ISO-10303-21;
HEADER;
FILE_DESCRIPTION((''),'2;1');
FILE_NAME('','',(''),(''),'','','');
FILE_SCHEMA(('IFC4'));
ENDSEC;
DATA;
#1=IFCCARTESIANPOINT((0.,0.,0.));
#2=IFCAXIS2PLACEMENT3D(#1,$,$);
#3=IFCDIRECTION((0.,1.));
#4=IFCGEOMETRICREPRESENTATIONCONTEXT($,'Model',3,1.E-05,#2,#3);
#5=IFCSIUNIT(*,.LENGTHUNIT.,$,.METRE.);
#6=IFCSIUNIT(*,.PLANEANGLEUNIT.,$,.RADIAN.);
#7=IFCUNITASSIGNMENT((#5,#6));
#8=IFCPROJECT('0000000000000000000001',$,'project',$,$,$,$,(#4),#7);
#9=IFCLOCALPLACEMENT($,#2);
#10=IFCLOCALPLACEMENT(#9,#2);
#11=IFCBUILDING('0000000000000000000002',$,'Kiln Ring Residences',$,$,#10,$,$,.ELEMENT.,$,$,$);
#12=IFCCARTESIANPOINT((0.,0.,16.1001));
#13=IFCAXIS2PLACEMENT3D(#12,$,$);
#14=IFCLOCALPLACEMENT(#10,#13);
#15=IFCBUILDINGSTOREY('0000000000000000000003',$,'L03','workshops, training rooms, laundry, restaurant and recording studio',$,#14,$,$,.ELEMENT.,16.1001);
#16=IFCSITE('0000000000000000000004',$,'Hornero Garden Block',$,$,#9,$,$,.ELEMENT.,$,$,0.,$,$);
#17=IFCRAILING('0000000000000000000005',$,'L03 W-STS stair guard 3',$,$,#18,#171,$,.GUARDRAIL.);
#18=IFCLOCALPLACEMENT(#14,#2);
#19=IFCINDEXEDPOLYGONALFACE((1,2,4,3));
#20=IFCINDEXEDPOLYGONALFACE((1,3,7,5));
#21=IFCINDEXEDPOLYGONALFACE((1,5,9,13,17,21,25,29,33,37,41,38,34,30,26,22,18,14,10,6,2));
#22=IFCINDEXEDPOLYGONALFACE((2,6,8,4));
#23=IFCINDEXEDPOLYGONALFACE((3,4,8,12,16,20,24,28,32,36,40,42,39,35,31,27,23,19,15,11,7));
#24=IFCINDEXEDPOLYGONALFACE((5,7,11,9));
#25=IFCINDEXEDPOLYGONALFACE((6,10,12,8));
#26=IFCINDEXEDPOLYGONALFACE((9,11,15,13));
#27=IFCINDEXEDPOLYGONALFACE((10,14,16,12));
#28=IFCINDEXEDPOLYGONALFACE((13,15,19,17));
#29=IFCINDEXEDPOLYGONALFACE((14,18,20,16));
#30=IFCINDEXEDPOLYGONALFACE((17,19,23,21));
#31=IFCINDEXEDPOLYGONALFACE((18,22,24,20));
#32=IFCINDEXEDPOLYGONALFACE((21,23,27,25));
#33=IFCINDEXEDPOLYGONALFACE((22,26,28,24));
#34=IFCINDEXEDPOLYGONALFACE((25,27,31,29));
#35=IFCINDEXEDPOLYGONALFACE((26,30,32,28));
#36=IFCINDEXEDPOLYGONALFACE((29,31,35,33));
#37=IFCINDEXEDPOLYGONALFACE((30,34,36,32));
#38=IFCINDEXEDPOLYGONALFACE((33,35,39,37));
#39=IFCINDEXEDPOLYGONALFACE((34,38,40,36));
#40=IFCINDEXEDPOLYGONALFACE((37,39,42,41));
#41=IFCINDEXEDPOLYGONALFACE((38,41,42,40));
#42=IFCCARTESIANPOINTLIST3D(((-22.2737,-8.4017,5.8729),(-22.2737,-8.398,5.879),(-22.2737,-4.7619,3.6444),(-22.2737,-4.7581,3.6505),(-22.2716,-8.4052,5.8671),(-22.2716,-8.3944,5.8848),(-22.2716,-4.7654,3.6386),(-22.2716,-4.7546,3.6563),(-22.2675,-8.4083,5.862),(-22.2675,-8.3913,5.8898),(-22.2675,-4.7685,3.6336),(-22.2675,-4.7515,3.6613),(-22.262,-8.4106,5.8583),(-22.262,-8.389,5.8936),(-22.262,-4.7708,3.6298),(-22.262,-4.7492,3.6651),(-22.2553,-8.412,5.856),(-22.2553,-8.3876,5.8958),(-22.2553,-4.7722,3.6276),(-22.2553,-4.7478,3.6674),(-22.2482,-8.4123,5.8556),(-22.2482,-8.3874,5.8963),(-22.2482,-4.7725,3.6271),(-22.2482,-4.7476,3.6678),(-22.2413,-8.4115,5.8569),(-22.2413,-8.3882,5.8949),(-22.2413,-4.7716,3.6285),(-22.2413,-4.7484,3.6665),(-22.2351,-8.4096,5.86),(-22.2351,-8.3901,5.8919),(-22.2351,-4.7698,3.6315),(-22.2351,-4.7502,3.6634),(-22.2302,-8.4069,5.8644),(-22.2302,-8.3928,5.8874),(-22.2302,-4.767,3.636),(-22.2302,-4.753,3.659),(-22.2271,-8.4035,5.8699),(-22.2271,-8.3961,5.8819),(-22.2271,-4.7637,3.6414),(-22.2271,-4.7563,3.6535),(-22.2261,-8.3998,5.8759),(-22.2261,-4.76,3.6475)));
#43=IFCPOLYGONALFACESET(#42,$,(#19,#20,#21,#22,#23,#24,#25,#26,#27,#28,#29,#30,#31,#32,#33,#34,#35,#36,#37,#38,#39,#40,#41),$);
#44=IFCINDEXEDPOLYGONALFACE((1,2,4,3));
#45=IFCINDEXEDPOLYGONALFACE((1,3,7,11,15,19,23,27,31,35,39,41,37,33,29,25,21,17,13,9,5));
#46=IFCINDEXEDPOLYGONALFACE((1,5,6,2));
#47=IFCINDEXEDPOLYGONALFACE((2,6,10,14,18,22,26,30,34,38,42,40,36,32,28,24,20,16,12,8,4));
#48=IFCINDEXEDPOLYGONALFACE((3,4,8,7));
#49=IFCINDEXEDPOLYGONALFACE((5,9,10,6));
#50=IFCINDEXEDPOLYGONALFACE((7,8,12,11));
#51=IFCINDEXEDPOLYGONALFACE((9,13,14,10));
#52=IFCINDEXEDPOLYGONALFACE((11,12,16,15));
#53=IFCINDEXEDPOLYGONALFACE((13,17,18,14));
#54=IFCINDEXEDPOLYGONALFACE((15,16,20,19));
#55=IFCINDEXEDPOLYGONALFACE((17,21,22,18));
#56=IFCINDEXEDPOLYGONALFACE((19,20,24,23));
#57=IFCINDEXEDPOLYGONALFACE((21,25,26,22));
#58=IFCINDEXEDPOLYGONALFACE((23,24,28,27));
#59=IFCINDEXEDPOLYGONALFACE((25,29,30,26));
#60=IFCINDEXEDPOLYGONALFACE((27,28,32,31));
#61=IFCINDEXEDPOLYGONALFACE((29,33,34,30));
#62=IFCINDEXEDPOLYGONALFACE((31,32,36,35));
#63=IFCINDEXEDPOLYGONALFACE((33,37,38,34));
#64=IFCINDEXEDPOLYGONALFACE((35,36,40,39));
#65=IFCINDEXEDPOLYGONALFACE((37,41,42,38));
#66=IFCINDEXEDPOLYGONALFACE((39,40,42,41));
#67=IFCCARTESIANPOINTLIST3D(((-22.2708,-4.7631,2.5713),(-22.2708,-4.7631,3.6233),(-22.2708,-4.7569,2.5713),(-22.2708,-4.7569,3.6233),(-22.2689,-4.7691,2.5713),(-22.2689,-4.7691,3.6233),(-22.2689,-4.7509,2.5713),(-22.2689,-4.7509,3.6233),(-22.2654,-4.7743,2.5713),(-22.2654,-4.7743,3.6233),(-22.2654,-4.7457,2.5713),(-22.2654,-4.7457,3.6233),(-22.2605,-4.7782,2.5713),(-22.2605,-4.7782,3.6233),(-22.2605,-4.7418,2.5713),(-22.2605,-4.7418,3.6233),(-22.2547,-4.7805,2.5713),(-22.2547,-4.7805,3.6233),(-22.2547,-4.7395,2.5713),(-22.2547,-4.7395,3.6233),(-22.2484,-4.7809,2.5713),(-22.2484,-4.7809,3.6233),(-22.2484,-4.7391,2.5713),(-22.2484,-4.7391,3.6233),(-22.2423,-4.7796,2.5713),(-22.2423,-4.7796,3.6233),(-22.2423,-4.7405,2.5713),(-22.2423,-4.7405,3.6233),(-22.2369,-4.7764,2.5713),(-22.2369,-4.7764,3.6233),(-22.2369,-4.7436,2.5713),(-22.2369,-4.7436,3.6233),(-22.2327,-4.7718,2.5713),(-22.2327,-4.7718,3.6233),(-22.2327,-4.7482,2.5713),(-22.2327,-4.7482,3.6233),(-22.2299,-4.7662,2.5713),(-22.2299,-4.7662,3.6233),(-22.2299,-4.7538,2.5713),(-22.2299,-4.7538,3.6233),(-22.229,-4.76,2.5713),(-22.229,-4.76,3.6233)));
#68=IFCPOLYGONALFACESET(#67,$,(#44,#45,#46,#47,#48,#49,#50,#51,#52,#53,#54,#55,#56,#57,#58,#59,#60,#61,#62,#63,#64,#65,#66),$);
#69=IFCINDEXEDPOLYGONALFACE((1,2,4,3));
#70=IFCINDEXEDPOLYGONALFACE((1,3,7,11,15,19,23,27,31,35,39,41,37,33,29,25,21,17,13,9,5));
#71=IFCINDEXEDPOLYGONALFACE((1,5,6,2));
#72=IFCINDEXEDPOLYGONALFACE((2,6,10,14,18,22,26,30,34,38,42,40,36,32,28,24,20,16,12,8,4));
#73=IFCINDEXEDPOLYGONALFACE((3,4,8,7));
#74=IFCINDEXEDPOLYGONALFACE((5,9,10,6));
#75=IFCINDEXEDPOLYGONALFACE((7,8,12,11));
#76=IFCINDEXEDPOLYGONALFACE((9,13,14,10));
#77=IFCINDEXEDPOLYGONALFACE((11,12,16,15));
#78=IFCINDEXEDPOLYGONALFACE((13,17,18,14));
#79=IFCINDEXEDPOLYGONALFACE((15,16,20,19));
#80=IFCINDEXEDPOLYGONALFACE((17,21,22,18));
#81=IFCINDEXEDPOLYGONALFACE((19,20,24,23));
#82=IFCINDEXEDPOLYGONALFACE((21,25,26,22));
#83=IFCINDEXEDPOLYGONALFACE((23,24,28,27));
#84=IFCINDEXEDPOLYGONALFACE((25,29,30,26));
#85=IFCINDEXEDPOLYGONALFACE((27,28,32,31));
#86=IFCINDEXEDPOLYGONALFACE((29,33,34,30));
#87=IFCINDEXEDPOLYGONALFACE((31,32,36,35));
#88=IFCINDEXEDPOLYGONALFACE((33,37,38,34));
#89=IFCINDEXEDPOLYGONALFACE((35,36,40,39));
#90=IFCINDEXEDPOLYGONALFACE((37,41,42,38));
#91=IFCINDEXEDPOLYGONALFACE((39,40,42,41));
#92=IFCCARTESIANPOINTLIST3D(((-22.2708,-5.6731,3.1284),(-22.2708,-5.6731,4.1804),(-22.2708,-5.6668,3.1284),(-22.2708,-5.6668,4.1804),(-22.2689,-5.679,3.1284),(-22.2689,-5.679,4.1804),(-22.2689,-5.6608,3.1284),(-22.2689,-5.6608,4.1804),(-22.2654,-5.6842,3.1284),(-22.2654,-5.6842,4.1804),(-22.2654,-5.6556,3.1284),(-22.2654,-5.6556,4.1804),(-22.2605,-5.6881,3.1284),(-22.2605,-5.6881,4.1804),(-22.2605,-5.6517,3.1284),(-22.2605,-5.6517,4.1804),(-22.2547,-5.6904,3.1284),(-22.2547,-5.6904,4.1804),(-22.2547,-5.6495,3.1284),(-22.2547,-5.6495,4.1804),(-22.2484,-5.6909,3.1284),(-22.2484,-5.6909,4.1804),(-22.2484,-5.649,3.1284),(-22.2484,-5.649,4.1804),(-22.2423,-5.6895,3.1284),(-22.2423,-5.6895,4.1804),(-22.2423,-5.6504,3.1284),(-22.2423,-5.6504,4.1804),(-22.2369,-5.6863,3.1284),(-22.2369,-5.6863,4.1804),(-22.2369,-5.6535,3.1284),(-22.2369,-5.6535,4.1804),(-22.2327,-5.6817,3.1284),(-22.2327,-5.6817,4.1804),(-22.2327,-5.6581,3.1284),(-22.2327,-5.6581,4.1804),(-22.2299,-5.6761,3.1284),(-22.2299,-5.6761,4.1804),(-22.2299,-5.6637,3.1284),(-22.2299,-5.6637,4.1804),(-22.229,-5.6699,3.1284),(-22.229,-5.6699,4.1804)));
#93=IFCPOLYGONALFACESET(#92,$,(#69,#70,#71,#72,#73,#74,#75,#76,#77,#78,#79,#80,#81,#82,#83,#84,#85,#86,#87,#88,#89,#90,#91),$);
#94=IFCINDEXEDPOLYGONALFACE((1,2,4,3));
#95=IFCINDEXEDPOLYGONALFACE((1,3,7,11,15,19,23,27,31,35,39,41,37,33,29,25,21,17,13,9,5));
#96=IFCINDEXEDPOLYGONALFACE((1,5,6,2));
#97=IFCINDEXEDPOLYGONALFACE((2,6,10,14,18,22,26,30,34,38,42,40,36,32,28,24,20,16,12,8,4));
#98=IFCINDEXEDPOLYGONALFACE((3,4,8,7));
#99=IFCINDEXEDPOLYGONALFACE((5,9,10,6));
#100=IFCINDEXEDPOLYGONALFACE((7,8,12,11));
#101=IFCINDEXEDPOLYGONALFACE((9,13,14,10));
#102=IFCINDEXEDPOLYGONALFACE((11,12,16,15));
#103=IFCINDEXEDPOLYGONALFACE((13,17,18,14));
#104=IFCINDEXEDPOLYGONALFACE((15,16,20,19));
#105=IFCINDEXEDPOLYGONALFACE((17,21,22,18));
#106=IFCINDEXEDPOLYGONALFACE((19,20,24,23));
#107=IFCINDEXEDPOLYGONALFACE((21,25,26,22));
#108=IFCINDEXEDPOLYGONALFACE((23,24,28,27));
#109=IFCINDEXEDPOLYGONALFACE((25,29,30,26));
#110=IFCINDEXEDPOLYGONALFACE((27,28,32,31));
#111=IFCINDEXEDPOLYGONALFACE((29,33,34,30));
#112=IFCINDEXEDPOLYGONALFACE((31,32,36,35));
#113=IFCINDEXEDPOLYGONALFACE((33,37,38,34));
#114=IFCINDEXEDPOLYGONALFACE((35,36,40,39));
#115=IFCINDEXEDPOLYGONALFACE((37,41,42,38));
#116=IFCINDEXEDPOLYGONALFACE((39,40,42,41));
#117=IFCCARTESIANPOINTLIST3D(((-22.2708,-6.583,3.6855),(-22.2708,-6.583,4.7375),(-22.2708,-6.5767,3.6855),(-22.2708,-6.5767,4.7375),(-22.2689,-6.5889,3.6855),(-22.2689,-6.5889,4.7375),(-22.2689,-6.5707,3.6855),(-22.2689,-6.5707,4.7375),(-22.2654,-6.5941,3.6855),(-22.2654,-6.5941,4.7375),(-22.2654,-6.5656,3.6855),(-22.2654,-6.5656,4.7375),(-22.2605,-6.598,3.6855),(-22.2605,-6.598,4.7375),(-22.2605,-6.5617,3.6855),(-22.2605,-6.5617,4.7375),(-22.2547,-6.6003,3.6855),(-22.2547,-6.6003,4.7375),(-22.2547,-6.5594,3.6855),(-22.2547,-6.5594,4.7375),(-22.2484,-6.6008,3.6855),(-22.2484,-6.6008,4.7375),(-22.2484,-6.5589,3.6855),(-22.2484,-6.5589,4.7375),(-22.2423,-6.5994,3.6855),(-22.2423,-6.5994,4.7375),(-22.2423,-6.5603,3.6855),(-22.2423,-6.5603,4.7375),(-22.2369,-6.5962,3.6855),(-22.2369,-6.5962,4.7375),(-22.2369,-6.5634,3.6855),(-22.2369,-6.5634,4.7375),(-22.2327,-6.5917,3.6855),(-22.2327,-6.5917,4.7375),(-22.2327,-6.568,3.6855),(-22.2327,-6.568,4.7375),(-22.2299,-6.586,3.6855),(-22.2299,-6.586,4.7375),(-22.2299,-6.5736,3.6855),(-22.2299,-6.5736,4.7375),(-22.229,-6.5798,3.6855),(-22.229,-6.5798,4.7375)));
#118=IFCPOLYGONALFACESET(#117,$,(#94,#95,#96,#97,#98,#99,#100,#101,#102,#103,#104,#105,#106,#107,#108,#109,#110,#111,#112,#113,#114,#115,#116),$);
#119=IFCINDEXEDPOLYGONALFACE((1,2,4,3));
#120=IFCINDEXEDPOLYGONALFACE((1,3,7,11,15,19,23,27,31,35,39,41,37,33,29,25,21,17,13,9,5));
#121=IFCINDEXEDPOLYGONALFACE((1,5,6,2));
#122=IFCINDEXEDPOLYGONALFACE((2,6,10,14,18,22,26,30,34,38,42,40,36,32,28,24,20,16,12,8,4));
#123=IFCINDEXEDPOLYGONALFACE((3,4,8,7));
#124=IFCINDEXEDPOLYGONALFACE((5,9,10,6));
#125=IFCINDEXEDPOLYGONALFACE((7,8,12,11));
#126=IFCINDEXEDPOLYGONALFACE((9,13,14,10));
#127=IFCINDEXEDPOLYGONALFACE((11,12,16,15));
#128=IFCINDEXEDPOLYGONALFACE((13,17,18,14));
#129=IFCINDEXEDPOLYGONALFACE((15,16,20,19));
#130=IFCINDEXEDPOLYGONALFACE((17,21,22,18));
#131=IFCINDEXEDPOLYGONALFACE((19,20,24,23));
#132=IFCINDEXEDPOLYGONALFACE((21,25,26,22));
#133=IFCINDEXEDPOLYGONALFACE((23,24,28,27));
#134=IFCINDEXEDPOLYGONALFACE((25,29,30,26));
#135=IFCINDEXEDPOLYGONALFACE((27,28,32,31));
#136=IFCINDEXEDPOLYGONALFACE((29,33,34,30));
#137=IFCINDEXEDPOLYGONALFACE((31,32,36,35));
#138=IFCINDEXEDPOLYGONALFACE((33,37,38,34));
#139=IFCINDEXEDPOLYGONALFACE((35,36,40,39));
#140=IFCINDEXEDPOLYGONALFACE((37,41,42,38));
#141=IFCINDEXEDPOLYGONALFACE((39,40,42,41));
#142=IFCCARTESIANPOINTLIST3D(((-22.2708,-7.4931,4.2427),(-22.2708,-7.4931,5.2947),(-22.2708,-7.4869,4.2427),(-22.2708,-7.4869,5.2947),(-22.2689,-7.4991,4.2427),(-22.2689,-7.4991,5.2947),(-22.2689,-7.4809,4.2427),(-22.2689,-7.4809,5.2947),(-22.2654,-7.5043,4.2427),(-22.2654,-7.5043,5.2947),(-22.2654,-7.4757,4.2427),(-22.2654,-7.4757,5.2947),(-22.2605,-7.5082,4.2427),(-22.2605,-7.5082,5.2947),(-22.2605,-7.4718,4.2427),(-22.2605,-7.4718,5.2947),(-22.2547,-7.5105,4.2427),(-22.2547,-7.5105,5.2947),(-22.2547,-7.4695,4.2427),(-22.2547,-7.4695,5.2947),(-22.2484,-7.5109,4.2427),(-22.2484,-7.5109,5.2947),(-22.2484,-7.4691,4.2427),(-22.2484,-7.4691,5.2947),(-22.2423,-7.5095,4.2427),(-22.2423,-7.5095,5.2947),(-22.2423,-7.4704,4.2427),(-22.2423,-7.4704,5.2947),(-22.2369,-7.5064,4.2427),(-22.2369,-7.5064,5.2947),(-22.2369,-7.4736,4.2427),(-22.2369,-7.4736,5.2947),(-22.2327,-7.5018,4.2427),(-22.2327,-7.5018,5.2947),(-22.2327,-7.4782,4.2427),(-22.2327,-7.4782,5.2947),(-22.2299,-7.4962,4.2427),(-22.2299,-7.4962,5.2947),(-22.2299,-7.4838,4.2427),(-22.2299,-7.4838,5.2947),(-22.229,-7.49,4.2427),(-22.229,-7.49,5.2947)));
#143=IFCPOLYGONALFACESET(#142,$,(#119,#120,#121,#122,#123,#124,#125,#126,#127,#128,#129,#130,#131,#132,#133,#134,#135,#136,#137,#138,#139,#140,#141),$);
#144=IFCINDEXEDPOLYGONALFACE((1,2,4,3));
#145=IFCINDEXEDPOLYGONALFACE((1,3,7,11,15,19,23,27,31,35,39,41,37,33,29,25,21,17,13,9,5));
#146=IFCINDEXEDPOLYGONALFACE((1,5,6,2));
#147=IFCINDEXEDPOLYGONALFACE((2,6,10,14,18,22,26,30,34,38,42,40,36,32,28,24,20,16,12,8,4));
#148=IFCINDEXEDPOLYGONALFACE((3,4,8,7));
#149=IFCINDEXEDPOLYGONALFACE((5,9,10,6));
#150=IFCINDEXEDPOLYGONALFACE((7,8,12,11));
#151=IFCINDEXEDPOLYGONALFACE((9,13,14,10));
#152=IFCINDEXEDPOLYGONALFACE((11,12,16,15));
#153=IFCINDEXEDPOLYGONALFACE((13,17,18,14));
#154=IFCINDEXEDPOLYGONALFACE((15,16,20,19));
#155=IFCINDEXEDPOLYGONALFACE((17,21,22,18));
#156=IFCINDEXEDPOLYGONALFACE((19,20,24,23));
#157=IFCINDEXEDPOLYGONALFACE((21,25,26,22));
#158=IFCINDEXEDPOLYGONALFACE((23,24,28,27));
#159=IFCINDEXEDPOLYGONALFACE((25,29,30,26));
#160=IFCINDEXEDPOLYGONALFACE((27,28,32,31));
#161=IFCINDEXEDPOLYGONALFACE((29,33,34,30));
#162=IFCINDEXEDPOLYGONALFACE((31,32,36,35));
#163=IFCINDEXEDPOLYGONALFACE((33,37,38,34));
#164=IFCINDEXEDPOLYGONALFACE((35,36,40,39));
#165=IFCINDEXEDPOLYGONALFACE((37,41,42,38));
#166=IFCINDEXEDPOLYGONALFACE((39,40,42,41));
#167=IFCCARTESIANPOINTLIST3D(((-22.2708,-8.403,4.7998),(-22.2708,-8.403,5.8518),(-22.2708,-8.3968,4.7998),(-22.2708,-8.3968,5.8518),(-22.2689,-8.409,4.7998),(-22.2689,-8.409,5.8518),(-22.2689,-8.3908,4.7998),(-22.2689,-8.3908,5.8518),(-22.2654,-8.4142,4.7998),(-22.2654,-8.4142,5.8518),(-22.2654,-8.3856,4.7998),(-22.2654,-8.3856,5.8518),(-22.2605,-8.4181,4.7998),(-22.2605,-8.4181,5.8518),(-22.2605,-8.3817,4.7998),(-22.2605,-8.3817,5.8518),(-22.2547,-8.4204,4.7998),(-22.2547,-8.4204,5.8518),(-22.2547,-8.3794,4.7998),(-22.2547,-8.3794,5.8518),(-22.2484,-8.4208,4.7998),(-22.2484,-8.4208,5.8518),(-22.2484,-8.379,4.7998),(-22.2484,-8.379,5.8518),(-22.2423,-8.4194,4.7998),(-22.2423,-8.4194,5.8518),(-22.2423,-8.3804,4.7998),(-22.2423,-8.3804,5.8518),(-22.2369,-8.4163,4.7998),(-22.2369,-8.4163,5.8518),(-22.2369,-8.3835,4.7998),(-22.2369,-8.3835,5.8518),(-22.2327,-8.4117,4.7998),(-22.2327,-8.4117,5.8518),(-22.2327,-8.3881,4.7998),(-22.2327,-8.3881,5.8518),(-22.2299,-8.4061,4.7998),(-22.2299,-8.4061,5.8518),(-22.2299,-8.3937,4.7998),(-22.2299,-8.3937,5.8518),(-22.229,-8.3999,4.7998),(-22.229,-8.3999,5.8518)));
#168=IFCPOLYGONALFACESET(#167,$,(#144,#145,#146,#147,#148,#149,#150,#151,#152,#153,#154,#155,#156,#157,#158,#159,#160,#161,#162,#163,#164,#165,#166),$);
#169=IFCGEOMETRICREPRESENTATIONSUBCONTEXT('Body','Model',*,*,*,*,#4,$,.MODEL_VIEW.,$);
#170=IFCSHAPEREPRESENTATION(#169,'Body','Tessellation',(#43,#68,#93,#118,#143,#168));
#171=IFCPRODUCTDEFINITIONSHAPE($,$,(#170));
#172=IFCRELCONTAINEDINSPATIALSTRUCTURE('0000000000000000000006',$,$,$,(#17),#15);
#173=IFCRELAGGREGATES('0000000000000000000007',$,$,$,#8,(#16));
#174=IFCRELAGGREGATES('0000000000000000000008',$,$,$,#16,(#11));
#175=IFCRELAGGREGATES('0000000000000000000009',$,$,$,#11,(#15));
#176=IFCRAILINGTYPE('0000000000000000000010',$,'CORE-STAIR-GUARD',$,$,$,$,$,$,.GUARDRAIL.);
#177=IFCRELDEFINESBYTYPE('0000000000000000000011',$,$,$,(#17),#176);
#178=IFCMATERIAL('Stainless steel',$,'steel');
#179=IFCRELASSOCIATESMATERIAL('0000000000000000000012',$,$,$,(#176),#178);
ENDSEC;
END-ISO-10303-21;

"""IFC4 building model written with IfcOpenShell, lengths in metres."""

from ifc_helpers import new_model, si_unit, direction, frame, origin, origin_2d, place, context, subcontext, project, spatial, circle, extrude, material, type_object, element, save


model = new_model("IFC4")

# Units and contexts
model_context = context("Model", 3, precision=1e-05, world=origin(), true_north=direction((0.0, 1.0)))
body_context = subcontext(model_context, "Body", "Model", "MODEL_VIEW")
ifc_project = project(units=[si_unit("LENGTHUNIT", "METRE"), si_unit("PLANEANGLEUNIT", "RADIAN")], contexts=[model_context])

# Site, building, storey
site_placement = place(None, origin())
site = spatial("IfcSite", under=ifc_project, at=site_placement, Name="Hornero Garden Block", CompositionType="ELEMENT", RefElevation=0.0)
building_placement = place(site_placement, origin())
building = spatial("IfcBuilding", under=site, at=building_placement, Name="Kiln Ring Residences", CompositionType="ELEMENT")
storey_placement = place(building_placement, frame((0.0, 0.0, 16.1001)))
storey = spatial("IfcBuildingStorey", under=building, at=storey_placement, Name="L03", Description="workshops, training rooms, laundry, restaurant and recording studio", CompositionType="ELEMENT", Elevation=16.1001)

# Railing
ifc_material_1 = material(Name="Stainless steel", Category="steel")
railing_type_1 = type_object("IfcRailingType", Name="CORE-STAIR-GUARD", PredefinedType="GUARDRAIL", material=ifc_material_1)
railing_1_placement = place(storey_placement, frame((-22.25, -4.76, 2.5713)))
element("IfcRailing", 1, at=railing_1_placement, inside=storey, type_object=railing_type_1, Name="L03 W-STS stair guard 3", PredefinedType="GUARDRAIL", context=body_context, shape_type="SweptSolid", body=[
    extrude(circle(Radius=0.0239, at=origin_2d()), frame((0.0, 0.0, 1.0762), z_axis=(0.0, -0.85285, 0.522156), x_axis=(1.0, 0.0, 0.0)), (0.0, 0.0, 1.0), 4.2678),
    extrude(circle(Radius=0.021, at=origin_2d()), origin(), (0.0, 0.0, 1.0), 1.052),
    extrude(circle(Radius=0.021, at=origin_2d()), frame((0.0, -0.9099, 0.5571)), (0.0, 0.0, 1.0), 1.052),
    extrude(circle(Radius=0.021, at=origin_2d()), frame((0.0, -1.8198, 1.1143)), (0.0, 0.0, 1.0), 1.052),
    extrude(circle(Radius=0.021, at=origin_2d()), frame((0.0, -2.73, 1.6714)), (0.0, 0.0, 1.0), 1.052),
    extrude(circle(Radius=0.021, at=origin_2d()), frame((0.0, -3.6399, 2.2285)), (0.0, 0.0, 1.0), 1.052),
])

save(model, "model.ifc")
